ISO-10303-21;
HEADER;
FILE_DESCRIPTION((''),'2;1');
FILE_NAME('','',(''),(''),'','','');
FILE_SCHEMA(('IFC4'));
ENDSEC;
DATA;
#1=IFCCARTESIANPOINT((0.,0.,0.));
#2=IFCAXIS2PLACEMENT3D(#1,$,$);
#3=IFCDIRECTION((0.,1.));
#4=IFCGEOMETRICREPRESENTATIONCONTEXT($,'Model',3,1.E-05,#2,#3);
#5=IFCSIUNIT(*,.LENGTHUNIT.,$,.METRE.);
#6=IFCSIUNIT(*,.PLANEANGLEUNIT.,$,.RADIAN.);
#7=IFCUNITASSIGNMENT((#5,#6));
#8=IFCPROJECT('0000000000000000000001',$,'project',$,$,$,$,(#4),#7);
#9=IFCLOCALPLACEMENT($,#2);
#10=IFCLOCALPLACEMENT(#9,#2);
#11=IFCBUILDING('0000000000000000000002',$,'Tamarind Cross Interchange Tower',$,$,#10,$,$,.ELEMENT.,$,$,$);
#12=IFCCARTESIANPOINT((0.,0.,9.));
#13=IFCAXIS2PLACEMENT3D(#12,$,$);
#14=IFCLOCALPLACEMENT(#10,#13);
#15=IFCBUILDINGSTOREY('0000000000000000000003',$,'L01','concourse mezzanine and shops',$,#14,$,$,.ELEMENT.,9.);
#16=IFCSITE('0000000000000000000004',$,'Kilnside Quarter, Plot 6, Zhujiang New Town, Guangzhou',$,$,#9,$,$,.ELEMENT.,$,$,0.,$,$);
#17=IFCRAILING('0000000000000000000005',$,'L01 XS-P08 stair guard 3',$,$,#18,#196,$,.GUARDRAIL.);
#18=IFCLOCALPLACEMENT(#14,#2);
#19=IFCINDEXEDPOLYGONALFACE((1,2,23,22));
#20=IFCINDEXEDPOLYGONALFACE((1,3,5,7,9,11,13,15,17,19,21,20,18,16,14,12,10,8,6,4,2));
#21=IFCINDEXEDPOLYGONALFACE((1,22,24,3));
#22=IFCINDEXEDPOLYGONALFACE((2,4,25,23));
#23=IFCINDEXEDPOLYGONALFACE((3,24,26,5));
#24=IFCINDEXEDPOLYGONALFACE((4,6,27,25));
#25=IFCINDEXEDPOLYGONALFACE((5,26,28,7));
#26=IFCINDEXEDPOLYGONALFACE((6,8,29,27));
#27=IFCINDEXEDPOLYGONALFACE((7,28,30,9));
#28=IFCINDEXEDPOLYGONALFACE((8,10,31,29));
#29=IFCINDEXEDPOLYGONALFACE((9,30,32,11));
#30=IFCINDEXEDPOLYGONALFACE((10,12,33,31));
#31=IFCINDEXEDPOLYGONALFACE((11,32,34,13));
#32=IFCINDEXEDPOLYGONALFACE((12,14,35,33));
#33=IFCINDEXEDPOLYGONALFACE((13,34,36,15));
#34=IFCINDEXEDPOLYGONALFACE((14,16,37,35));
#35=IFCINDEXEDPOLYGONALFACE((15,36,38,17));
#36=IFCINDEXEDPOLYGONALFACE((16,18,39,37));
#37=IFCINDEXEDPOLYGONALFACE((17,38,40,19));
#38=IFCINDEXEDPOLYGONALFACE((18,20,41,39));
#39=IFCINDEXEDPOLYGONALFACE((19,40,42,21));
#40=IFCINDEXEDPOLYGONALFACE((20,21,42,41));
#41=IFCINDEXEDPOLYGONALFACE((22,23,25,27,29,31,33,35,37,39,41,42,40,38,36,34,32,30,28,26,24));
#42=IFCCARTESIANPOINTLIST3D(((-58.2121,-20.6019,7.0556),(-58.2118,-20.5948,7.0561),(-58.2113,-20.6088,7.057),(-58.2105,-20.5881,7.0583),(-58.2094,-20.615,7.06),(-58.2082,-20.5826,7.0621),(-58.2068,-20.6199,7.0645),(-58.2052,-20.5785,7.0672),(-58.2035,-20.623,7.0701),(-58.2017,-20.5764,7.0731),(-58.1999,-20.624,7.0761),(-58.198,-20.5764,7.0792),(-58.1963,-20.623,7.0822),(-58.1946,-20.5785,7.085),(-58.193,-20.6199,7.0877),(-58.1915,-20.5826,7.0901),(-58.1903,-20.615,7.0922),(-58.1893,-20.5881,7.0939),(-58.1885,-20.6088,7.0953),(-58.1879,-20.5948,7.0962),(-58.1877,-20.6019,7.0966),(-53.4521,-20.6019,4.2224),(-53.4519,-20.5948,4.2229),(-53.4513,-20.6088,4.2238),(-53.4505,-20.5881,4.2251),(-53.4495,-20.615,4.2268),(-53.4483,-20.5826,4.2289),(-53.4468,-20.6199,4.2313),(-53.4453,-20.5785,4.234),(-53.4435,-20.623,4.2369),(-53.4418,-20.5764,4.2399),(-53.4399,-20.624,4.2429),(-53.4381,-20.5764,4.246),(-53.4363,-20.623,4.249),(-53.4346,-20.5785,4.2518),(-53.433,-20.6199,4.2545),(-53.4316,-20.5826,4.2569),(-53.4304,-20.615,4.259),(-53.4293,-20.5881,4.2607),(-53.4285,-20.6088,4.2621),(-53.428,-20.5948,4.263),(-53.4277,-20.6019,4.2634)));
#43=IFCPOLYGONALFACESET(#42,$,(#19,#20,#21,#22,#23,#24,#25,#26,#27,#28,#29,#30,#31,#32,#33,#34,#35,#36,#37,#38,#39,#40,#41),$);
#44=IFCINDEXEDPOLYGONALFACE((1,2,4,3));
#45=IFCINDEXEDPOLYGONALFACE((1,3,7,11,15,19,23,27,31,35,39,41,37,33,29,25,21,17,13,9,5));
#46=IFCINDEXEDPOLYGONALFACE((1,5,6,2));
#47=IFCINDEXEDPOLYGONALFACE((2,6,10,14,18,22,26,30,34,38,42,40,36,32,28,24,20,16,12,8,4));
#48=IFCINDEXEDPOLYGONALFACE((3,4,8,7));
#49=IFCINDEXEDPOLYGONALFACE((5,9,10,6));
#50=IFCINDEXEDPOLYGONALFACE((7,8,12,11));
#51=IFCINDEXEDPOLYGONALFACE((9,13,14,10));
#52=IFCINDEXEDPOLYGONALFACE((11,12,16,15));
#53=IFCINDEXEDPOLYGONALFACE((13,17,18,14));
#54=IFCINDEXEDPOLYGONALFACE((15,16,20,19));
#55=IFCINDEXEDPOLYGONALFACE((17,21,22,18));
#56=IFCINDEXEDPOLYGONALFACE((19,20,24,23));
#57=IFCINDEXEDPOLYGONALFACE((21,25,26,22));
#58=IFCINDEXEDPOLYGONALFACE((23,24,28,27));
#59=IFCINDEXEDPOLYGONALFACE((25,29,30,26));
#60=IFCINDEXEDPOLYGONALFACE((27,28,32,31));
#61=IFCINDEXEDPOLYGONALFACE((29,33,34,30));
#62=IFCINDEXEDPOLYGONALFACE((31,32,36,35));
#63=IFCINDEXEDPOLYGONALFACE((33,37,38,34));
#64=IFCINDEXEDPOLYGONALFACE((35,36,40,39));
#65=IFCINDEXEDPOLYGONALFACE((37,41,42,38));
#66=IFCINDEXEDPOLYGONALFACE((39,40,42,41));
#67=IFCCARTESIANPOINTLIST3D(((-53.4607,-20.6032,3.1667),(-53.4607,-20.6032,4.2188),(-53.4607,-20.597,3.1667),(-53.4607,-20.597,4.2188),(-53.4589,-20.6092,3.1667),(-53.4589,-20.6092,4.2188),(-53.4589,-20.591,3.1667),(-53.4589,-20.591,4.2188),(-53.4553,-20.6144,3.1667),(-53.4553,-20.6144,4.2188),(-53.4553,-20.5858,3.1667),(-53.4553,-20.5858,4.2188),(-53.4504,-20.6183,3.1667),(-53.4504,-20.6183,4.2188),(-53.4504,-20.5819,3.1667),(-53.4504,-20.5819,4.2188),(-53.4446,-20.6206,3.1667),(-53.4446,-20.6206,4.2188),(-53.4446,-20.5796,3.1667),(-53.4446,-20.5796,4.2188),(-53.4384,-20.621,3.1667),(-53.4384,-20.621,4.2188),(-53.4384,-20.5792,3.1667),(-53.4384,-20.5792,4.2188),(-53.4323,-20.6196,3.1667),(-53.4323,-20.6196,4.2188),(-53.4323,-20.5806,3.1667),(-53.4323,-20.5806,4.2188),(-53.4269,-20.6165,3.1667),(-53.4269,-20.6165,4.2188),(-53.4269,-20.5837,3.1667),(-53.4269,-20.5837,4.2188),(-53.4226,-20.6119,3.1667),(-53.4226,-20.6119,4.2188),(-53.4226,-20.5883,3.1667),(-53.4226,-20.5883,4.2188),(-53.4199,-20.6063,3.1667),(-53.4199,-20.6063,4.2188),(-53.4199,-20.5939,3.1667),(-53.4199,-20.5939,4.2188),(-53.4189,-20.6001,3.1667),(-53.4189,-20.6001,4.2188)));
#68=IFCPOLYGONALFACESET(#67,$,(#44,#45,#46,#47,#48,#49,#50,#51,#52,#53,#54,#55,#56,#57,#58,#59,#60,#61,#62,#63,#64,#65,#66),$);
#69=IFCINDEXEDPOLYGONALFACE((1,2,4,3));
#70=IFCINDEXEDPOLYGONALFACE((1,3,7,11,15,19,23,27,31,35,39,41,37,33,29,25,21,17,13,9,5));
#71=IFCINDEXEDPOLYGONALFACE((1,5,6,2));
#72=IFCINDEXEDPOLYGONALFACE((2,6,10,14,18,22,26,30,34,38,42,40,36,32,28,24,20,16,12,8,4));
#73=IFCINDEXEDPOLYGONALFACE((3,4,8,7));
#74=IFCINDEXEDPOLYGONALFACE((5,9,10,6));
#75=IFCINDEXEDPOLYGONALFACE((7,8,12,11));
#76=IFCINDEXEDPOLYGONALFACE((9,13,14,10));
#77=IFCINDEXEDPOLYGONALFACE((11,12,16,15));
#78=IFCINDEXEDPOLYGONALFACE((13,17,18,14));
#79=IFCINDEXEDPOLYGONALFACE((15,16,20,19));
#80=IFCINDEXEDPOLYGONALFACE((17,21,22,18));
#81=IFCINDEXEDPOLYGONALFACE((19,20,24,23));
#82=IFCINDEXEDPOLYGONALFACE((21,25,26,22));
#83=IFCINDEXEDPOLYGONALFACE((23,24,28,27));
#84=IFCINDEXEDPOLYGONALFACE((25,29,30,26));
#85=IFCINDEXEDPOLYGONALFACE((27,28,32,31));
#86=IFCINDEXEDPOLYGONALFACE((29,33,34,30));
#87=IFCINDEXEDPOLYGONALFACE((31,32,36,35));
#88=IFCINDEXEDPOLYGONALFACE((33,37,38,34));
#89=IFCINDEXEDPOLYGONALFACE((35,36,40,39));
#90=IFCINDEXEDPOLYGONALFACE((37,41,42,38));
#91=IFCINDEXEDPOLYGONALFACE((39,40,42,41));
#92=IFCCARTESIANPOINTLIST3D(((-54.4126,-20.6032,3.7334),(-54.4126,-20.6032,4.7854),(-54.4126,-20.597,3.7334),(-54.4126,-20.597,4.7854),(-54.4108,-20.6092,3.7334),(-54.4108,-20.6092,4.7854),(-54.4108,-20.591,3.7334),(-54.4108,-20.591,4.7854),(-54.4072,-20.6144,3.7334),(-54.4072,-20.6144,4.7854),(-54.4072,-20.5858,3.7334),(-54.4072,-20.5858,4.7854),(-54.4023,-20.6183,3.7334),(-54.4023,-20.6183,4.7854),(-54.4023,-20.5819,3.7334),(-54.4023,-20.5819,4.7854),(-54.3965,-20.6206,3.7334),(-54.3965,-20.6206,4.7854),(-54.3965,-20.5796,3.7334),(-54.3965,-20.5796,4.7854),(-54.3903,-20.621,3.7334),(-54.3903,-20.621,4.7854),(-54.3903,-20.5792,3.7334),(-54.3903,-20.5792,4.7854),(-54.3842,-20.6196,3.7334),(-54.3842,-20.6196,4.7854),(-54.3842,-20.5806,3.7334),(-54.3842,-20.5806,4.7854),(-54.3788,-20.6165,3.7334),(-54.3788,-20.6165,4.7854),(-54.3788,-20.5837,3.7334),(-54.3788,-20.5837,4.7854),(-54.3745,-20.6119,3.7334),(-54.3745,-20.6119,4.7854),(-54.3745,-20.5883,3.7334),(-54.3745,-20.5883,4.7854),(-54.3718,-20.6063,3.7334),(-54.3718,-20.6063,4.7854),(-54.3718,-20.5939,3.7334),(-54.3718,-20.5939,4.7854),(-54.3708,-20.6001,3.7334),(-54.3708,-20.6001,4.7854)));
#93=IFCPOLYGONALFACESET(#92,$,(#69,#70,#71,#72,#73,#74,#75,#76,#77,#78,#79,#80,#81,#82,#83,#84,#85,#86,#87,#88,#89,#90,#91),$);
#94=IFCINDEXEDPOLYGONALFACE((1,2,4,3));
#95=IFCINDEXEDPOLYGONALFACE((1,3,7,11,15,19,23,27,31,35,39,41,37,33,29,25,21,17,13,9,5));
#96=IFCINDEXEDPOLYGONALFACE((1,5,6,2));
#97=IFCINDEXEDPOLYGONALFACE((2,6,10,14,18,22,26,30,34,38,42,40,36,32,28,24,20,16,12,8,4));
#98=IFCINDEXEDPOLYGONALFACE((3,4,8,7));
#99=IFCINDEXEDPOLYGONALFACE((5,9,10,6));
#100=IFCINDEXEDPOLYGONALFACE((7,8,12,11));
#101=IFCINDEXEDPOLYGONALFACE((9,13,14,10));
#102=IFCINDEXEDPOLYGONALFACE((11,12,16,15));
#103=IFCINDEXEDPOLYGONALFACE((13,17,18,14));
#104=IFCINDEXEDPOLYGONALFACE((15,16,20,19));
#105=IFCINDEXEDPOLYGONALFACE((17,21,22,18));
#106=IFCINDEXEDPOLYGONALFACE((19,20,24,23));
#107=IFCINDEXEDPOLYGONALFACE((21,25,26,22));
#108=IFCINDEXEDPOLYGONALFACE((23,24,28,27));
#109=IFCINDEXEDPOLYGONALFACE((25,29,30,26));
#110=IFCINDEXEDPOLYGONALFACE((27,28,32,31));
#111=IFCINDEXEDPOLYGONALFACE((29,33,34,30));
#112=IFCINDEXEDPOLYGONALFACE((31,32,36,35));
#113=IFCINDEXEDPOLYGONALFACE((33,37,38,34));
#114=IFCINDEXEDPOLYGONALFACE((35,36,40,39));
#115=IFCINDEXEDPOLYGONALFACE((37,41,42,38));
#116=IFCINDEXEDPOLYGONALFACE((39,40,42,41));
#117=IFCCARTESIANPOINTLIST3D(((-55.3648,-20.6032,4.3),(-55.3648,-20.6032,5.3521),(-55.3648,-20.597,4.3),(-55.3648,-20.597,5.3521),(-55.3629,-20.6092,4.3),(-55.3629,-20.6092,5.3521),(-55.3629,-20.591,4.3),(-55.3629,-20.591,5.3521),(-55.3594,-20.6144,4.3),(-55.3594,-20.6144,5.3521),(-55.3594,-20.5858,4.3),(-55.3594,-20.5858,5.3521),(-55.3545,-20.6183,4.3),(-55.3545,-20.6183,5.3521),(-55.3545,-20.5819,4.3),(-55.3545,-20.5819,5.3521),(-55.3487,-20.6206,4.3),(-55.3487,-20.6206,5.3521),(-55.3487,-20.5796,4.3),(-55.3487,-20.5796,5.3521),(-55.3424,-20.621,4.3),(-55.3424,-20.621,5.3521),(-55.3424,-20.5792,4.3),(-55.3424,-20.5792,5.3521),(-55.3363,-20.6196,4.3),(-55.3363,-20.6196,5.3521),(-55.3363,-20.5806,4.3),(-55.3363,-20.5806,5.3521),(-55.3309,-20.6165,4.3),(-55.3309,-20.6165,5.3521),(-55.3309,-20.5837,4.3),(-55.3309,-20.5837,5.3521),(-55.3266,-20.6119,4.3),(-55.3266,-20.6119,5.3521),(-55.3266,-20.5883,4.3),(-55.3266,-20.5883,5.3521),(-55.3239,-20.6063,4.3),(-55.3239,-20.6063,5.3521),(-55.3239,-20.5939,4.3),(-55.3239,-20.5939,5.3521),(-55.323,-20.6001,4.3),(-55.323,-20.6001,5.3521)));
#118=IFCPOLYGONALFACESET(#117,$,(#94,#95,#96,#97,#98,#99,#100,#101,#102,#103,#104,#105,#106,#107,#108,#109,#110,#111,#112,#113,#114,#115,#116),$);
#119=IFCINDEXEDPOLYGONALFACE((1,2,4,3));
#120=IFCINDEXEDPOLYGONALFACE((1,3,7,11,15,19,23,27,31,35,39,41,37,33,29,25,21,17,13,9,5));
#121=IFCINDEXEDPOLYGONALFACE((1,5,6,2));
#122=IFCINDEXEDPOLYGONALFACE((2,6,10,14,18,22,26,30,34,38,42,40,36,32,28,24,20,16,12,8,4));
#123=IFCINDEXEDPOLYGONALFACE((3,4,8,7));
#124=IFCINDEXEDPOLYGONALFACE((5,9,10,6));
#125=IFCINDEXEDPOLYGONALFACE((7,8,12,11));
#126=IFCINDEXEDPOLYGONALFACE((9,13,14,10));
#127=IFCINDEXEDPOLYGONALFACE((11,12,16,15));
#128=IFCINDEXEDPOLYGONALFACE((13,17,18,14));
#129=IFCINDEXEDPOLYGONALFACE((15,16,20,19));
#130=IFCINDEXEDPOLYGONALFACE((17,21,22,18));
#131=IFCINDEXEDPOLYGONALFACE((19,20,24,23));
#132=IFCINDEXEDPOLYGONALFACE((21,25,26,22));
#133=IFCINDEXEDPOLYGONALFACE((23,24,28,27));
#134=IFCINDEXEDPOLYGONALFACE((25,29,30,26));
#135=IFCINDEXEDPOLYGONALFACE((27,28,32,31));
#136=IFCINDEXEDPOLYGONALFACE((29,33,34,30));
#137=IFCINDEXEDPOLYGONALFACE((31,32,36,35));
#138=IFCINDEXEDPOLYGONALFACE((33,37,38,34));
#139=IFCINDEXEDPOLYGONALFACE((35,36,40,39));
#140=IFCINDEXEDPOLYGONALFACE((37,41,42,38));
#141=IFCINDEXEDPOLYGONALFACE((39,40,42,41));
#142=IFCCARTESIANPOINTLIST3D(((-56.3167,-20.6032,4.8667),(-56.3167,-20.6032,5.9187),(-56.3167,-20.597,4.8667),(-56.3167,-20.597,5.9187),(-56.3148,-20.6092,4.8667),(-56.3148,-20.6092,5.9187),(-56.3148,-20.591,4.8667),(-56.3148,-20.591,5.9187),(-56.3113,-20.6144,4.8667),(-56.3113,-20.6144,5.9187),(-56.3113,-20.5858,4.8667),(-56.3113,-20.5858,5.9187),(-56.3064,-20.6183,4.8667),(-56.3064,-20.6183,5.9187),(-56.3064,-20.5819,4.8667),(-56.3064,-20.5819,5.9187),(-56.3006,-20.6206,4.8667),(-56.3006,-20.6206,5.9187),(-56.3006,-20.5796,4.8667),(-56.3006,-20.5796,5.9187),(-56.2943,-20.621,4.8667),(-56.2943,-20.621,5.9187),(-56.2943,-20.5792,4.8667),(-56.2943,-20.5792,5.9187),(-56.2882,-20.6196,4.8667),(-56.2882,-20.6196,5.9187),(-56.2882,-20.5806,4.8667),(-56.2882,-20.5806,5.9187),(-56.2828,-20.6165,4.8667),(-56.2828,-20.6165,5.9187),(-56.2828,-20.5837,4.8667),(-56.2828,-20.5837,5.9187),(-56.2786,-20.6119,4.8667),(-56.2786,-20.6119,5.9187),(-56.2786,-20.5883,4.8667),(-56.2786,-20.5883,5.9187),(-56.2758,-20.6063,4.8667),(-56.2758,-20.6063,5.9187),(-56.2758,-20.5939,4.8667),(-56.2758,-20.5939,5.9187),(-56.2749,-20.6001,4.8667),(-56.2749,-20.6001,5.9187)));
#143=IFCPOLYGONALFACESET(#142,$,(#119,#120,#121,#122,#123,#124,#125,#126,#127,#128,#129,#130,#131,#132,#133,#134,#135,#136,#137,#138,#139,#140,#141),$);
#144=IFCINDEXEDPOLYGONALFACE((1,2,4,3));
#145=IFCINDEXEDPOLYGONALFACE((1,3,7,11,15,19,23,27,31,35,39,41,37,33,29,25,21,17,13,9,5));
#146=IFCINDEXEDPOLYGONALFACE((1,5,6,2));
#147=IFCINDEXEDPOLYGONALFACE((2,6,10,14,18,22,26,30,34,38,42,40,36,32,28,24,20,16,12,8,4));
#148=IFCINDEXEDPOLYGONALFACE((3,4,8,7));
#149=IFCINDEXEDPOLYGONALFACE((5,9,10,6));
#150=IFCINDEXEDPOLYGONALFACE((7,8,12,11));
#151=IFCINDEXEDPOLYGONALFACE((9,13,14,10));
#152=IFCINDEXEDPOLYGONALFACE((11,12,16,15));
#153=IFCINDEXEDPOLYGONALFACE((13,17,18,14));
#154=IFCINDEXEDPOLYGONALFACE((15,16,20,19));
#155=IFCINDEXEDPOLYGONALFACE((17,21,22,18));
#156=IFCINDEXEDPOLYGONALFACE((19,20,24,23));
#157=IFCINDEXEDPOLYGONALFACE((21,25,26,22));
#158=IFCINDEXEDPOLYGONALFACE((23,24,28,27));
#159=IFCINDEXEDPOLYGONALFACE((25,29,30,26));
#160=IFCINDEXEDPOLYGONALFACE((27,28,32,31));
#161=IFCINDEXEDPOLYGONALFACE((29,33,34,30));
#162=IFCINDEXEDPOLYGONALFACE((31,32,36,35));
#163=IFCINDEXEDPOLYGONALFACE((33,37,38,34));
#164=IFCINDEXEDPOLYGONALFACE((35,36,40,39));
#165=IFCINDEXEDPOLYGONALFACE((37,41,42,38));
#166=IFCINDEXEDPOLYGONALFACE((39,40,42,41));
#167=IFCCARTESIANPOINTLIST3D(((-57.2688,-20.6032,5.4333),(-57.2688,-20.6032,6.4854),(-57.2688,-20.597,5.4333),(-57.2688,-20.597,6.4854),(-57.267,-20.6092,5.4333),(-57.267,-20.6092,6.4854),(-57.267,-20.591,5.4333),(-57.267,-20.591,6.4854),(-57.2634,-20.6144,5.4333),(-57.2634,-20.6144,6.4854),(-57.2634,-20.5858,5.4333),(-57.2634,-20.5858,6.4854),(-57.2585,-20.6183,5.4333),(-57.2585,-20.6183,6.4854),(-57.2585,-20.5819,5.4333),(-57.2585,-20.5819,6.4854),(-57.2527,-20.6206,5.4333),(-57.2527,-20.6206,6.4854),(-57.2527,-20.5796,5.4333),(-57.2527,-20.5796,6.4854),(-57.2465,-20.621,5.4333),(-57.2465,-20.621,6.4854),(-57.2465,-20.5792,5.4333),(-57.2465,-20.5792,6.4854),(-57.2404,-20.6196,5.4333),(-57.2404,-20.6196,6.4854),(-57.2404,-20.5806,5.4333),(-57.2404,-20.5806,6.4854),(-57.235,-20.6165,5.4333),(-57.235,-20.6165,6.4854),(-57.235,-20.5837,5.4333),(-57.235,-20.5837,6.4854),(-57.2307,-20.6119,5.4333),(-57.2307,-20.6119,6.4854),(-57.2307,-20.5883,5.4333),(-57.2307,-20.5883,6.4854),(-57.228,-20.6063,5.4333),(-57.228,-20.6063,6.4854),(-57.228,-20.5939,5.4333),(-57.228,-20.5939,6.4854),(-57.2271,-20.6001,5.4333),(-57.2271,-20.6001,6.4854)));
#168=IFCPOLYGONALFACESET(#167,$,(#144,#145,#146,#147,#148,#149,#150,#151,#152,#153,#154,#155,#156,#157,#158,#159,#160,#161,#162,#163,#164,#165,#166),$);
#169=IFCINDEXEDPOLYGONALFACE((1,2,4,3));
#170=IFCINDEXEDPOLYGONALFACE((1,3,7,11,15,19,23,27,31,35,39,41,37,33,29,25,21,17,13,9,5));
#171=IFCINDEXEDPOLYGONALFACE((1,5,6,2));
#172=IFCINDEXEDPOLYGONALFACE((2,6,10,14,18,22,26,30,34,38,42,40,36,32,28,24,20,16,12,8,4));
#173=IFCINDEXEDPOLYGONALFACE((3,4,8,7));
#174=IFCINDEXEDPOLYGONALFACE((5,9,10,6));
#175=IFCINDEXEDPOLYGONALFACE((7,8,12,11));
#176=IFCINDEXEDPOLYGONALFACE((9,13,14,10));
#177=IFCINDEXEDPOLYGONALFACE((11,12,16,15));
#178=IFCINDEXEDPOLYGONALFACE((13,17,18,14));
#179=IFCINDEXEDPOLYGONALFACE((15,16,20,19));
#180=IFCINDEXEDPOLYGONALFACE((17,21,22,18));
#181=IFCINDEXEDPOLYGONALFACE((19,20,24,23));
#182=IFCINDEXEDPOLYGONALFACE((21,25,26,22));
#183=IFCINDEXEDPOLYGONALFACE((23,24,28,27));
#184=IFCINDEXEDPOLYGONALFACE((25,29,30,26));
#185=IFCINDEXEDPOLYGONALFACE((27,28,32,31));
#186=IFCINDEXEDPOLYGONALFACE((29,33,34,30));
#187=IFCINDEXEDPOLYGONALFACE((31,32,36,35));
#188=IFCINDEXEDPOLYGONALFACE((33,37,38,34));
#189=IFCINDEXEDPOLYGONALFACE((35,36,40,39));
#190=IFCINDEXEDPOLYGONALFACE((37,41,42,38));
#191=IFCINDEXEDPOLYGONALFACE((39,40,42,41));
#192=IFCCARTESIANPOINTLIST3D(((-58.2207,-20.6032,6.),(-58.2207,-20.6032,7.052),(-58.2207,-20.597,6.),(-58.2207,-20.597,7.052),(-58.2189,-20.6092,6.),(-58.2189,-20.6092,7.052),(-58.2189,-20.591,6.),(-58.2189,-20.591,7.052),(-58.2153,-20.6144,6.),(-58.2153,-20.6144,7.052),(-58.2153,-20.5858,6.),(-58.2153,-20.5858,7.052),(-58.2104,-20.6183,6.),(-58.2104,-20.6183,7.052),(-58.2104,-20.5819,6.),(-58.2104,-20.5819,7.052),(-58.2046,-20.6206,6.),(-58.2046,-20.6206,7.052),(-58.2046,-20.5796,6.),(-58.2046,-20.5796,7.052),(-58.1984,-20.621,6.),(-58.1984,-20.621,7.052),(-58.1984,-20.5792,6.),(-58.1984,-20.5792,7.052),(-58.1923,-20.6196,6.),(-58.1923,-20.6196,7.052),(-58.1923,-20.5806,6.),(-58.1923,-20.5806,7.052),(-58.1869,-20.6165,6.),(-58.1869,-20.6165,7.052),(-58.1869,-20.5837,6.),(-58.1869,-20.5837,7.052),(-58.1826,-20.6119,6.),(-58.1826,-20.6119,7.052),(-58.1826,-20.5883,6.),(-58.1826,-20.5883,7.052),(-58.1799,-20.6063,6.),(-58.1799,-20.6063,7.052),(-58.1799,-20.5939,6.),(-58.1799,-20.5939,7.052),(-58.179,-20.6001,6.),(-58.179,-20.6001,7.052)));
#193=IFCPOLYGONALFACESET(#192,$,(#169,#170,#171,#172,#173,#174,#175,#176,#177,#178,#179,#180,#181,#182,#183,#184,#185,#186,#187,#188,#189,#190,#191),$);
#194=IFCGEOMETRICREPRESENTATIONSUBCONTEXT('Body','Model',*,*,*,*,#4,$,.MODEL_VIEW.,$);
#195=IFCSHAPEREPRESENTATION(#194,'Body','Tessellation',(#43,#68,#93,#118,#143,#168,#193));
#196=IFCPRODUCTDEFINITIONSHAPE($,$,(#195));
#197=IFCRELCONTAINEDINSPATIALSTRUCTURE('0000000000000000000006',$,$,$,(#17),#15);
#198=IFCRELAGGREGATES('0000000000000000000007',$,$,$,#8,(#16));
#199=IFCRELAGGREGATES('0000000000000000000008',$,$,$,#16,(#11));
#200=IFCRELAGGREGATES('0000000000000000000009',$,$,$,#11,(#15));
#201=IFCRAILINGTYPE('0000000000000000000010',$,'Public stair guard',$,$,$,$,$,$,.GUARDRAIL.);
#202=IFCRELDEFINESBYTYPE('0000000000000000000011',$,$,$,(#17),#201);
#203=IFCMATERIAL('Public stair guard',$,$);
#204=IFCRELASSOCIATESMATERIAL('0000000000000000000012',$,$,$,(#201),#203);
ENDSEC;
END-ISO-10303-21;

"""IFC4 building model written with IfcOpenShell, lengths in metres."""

from ifc_helpers import new_model, si_unit, direction, frame, origin, origin_2d, place, context, subcontext, project, spatial, circle, extrude, material, type_object, element, save


model = new_model("IFC4")

# Units and contexts
model_context = context("Model", 3, precision=1e-05, world=origin(), true_north=direction((0.0, 1.0)))
body_context = subcontext(model_context, "Body", "Model", "MODEL_VIEW")
ifc_project = project(units=[si_unit("LENGTHUNIT", "METRE"), si_unit("PLANEANGLEUNIT", "RADIAN")], contexts=[model_context])

# Site, building, storey
site_placement = place(None, origin())
site = spatial("IfcSite", under=ifc_project, at=site_placement, Name="Kilnside Quarter, Plot 6, Zhujiang New Town, Guangzhou", CompositionType="ELEMENT", RefElevation=0.0)
building_placement = place(site_placement, origin())
building = spatial("IfcBuilding", under=site, at=building_placement, Name="Tamarind Cross Interchange Tower", CompositionType="ELEMENT")
storey_placement = place(building_placement, frame((0.0, 0.0, 9.0)))
storey = spatial("IfcBuildingStorey", under=building, at=storey_placement, Name="L01", Description="concourse mezzanine and shops", CompositionType="ELEMENT", Elevation=9.0)

# Railing
ifc_material_1 = material(Name="Public stair guard")
railing_type_1 = type_object("IfcRailingType", Name="Public stair guard", PredefinedType="GUARDRAIL", material=ifc_material_1)
railing_1_placement = place(storey_placement, frame((-53.4399, -20.6001, 3.1667)))
element("IfcRailing", 1, at=railing_1_placement, inside=storey, type_object=railing_type_1, Name="L01 XS-P08 stair guard 3", PredefinedType="GUARDRAIL", context=body_context, shape_type="SweptSolid", body=[
    extrude(circle(Radius=0.0239, at=origin_2d()), frame((0.0, 0.0, 1.0762), z_axis=(-0.8593, 0.0, 0.511472), x_axis=(0.0, -1.0, 0.0)), (0.0, 0.0, 1.0), 5.5393),
    extrude(circle(Radius=0.021, at=origin_2d()), origin(), (0.0, 0.0, 1.0), 1.052),
    extrude(circle(Radius=0.021, at=origin_2d()), frame((-0.9519, 0.0, 0.5667)), (0.0, 0.0, 1.0), 1.052),
    extrude(circle(Radius=0.021, at=origin_2d()), frame((-1.9041, 0.0, 1.1333)), (0.0, 0.0, 1.0), 1.052),
    extrude(circle(Radius=0.021, at=origin_2d()), frame((-2.856, 0.0, 1.7)), (0.0, 0.0, 1.0), 1.052),
    extrude(circle(Radius=0.021, at=origin_2d()), frame((-3.8081, 0.0, 2.2666)), (0.0, 0.0, 1.0), 1.052),
    extrude(circle(Radius=0.021, at=origin_2d()), frame((-4.76, 0.0, 2.8333)), (0.0, 0.0, 1.0), 1.052),
])

save(model, "model.ifc")
